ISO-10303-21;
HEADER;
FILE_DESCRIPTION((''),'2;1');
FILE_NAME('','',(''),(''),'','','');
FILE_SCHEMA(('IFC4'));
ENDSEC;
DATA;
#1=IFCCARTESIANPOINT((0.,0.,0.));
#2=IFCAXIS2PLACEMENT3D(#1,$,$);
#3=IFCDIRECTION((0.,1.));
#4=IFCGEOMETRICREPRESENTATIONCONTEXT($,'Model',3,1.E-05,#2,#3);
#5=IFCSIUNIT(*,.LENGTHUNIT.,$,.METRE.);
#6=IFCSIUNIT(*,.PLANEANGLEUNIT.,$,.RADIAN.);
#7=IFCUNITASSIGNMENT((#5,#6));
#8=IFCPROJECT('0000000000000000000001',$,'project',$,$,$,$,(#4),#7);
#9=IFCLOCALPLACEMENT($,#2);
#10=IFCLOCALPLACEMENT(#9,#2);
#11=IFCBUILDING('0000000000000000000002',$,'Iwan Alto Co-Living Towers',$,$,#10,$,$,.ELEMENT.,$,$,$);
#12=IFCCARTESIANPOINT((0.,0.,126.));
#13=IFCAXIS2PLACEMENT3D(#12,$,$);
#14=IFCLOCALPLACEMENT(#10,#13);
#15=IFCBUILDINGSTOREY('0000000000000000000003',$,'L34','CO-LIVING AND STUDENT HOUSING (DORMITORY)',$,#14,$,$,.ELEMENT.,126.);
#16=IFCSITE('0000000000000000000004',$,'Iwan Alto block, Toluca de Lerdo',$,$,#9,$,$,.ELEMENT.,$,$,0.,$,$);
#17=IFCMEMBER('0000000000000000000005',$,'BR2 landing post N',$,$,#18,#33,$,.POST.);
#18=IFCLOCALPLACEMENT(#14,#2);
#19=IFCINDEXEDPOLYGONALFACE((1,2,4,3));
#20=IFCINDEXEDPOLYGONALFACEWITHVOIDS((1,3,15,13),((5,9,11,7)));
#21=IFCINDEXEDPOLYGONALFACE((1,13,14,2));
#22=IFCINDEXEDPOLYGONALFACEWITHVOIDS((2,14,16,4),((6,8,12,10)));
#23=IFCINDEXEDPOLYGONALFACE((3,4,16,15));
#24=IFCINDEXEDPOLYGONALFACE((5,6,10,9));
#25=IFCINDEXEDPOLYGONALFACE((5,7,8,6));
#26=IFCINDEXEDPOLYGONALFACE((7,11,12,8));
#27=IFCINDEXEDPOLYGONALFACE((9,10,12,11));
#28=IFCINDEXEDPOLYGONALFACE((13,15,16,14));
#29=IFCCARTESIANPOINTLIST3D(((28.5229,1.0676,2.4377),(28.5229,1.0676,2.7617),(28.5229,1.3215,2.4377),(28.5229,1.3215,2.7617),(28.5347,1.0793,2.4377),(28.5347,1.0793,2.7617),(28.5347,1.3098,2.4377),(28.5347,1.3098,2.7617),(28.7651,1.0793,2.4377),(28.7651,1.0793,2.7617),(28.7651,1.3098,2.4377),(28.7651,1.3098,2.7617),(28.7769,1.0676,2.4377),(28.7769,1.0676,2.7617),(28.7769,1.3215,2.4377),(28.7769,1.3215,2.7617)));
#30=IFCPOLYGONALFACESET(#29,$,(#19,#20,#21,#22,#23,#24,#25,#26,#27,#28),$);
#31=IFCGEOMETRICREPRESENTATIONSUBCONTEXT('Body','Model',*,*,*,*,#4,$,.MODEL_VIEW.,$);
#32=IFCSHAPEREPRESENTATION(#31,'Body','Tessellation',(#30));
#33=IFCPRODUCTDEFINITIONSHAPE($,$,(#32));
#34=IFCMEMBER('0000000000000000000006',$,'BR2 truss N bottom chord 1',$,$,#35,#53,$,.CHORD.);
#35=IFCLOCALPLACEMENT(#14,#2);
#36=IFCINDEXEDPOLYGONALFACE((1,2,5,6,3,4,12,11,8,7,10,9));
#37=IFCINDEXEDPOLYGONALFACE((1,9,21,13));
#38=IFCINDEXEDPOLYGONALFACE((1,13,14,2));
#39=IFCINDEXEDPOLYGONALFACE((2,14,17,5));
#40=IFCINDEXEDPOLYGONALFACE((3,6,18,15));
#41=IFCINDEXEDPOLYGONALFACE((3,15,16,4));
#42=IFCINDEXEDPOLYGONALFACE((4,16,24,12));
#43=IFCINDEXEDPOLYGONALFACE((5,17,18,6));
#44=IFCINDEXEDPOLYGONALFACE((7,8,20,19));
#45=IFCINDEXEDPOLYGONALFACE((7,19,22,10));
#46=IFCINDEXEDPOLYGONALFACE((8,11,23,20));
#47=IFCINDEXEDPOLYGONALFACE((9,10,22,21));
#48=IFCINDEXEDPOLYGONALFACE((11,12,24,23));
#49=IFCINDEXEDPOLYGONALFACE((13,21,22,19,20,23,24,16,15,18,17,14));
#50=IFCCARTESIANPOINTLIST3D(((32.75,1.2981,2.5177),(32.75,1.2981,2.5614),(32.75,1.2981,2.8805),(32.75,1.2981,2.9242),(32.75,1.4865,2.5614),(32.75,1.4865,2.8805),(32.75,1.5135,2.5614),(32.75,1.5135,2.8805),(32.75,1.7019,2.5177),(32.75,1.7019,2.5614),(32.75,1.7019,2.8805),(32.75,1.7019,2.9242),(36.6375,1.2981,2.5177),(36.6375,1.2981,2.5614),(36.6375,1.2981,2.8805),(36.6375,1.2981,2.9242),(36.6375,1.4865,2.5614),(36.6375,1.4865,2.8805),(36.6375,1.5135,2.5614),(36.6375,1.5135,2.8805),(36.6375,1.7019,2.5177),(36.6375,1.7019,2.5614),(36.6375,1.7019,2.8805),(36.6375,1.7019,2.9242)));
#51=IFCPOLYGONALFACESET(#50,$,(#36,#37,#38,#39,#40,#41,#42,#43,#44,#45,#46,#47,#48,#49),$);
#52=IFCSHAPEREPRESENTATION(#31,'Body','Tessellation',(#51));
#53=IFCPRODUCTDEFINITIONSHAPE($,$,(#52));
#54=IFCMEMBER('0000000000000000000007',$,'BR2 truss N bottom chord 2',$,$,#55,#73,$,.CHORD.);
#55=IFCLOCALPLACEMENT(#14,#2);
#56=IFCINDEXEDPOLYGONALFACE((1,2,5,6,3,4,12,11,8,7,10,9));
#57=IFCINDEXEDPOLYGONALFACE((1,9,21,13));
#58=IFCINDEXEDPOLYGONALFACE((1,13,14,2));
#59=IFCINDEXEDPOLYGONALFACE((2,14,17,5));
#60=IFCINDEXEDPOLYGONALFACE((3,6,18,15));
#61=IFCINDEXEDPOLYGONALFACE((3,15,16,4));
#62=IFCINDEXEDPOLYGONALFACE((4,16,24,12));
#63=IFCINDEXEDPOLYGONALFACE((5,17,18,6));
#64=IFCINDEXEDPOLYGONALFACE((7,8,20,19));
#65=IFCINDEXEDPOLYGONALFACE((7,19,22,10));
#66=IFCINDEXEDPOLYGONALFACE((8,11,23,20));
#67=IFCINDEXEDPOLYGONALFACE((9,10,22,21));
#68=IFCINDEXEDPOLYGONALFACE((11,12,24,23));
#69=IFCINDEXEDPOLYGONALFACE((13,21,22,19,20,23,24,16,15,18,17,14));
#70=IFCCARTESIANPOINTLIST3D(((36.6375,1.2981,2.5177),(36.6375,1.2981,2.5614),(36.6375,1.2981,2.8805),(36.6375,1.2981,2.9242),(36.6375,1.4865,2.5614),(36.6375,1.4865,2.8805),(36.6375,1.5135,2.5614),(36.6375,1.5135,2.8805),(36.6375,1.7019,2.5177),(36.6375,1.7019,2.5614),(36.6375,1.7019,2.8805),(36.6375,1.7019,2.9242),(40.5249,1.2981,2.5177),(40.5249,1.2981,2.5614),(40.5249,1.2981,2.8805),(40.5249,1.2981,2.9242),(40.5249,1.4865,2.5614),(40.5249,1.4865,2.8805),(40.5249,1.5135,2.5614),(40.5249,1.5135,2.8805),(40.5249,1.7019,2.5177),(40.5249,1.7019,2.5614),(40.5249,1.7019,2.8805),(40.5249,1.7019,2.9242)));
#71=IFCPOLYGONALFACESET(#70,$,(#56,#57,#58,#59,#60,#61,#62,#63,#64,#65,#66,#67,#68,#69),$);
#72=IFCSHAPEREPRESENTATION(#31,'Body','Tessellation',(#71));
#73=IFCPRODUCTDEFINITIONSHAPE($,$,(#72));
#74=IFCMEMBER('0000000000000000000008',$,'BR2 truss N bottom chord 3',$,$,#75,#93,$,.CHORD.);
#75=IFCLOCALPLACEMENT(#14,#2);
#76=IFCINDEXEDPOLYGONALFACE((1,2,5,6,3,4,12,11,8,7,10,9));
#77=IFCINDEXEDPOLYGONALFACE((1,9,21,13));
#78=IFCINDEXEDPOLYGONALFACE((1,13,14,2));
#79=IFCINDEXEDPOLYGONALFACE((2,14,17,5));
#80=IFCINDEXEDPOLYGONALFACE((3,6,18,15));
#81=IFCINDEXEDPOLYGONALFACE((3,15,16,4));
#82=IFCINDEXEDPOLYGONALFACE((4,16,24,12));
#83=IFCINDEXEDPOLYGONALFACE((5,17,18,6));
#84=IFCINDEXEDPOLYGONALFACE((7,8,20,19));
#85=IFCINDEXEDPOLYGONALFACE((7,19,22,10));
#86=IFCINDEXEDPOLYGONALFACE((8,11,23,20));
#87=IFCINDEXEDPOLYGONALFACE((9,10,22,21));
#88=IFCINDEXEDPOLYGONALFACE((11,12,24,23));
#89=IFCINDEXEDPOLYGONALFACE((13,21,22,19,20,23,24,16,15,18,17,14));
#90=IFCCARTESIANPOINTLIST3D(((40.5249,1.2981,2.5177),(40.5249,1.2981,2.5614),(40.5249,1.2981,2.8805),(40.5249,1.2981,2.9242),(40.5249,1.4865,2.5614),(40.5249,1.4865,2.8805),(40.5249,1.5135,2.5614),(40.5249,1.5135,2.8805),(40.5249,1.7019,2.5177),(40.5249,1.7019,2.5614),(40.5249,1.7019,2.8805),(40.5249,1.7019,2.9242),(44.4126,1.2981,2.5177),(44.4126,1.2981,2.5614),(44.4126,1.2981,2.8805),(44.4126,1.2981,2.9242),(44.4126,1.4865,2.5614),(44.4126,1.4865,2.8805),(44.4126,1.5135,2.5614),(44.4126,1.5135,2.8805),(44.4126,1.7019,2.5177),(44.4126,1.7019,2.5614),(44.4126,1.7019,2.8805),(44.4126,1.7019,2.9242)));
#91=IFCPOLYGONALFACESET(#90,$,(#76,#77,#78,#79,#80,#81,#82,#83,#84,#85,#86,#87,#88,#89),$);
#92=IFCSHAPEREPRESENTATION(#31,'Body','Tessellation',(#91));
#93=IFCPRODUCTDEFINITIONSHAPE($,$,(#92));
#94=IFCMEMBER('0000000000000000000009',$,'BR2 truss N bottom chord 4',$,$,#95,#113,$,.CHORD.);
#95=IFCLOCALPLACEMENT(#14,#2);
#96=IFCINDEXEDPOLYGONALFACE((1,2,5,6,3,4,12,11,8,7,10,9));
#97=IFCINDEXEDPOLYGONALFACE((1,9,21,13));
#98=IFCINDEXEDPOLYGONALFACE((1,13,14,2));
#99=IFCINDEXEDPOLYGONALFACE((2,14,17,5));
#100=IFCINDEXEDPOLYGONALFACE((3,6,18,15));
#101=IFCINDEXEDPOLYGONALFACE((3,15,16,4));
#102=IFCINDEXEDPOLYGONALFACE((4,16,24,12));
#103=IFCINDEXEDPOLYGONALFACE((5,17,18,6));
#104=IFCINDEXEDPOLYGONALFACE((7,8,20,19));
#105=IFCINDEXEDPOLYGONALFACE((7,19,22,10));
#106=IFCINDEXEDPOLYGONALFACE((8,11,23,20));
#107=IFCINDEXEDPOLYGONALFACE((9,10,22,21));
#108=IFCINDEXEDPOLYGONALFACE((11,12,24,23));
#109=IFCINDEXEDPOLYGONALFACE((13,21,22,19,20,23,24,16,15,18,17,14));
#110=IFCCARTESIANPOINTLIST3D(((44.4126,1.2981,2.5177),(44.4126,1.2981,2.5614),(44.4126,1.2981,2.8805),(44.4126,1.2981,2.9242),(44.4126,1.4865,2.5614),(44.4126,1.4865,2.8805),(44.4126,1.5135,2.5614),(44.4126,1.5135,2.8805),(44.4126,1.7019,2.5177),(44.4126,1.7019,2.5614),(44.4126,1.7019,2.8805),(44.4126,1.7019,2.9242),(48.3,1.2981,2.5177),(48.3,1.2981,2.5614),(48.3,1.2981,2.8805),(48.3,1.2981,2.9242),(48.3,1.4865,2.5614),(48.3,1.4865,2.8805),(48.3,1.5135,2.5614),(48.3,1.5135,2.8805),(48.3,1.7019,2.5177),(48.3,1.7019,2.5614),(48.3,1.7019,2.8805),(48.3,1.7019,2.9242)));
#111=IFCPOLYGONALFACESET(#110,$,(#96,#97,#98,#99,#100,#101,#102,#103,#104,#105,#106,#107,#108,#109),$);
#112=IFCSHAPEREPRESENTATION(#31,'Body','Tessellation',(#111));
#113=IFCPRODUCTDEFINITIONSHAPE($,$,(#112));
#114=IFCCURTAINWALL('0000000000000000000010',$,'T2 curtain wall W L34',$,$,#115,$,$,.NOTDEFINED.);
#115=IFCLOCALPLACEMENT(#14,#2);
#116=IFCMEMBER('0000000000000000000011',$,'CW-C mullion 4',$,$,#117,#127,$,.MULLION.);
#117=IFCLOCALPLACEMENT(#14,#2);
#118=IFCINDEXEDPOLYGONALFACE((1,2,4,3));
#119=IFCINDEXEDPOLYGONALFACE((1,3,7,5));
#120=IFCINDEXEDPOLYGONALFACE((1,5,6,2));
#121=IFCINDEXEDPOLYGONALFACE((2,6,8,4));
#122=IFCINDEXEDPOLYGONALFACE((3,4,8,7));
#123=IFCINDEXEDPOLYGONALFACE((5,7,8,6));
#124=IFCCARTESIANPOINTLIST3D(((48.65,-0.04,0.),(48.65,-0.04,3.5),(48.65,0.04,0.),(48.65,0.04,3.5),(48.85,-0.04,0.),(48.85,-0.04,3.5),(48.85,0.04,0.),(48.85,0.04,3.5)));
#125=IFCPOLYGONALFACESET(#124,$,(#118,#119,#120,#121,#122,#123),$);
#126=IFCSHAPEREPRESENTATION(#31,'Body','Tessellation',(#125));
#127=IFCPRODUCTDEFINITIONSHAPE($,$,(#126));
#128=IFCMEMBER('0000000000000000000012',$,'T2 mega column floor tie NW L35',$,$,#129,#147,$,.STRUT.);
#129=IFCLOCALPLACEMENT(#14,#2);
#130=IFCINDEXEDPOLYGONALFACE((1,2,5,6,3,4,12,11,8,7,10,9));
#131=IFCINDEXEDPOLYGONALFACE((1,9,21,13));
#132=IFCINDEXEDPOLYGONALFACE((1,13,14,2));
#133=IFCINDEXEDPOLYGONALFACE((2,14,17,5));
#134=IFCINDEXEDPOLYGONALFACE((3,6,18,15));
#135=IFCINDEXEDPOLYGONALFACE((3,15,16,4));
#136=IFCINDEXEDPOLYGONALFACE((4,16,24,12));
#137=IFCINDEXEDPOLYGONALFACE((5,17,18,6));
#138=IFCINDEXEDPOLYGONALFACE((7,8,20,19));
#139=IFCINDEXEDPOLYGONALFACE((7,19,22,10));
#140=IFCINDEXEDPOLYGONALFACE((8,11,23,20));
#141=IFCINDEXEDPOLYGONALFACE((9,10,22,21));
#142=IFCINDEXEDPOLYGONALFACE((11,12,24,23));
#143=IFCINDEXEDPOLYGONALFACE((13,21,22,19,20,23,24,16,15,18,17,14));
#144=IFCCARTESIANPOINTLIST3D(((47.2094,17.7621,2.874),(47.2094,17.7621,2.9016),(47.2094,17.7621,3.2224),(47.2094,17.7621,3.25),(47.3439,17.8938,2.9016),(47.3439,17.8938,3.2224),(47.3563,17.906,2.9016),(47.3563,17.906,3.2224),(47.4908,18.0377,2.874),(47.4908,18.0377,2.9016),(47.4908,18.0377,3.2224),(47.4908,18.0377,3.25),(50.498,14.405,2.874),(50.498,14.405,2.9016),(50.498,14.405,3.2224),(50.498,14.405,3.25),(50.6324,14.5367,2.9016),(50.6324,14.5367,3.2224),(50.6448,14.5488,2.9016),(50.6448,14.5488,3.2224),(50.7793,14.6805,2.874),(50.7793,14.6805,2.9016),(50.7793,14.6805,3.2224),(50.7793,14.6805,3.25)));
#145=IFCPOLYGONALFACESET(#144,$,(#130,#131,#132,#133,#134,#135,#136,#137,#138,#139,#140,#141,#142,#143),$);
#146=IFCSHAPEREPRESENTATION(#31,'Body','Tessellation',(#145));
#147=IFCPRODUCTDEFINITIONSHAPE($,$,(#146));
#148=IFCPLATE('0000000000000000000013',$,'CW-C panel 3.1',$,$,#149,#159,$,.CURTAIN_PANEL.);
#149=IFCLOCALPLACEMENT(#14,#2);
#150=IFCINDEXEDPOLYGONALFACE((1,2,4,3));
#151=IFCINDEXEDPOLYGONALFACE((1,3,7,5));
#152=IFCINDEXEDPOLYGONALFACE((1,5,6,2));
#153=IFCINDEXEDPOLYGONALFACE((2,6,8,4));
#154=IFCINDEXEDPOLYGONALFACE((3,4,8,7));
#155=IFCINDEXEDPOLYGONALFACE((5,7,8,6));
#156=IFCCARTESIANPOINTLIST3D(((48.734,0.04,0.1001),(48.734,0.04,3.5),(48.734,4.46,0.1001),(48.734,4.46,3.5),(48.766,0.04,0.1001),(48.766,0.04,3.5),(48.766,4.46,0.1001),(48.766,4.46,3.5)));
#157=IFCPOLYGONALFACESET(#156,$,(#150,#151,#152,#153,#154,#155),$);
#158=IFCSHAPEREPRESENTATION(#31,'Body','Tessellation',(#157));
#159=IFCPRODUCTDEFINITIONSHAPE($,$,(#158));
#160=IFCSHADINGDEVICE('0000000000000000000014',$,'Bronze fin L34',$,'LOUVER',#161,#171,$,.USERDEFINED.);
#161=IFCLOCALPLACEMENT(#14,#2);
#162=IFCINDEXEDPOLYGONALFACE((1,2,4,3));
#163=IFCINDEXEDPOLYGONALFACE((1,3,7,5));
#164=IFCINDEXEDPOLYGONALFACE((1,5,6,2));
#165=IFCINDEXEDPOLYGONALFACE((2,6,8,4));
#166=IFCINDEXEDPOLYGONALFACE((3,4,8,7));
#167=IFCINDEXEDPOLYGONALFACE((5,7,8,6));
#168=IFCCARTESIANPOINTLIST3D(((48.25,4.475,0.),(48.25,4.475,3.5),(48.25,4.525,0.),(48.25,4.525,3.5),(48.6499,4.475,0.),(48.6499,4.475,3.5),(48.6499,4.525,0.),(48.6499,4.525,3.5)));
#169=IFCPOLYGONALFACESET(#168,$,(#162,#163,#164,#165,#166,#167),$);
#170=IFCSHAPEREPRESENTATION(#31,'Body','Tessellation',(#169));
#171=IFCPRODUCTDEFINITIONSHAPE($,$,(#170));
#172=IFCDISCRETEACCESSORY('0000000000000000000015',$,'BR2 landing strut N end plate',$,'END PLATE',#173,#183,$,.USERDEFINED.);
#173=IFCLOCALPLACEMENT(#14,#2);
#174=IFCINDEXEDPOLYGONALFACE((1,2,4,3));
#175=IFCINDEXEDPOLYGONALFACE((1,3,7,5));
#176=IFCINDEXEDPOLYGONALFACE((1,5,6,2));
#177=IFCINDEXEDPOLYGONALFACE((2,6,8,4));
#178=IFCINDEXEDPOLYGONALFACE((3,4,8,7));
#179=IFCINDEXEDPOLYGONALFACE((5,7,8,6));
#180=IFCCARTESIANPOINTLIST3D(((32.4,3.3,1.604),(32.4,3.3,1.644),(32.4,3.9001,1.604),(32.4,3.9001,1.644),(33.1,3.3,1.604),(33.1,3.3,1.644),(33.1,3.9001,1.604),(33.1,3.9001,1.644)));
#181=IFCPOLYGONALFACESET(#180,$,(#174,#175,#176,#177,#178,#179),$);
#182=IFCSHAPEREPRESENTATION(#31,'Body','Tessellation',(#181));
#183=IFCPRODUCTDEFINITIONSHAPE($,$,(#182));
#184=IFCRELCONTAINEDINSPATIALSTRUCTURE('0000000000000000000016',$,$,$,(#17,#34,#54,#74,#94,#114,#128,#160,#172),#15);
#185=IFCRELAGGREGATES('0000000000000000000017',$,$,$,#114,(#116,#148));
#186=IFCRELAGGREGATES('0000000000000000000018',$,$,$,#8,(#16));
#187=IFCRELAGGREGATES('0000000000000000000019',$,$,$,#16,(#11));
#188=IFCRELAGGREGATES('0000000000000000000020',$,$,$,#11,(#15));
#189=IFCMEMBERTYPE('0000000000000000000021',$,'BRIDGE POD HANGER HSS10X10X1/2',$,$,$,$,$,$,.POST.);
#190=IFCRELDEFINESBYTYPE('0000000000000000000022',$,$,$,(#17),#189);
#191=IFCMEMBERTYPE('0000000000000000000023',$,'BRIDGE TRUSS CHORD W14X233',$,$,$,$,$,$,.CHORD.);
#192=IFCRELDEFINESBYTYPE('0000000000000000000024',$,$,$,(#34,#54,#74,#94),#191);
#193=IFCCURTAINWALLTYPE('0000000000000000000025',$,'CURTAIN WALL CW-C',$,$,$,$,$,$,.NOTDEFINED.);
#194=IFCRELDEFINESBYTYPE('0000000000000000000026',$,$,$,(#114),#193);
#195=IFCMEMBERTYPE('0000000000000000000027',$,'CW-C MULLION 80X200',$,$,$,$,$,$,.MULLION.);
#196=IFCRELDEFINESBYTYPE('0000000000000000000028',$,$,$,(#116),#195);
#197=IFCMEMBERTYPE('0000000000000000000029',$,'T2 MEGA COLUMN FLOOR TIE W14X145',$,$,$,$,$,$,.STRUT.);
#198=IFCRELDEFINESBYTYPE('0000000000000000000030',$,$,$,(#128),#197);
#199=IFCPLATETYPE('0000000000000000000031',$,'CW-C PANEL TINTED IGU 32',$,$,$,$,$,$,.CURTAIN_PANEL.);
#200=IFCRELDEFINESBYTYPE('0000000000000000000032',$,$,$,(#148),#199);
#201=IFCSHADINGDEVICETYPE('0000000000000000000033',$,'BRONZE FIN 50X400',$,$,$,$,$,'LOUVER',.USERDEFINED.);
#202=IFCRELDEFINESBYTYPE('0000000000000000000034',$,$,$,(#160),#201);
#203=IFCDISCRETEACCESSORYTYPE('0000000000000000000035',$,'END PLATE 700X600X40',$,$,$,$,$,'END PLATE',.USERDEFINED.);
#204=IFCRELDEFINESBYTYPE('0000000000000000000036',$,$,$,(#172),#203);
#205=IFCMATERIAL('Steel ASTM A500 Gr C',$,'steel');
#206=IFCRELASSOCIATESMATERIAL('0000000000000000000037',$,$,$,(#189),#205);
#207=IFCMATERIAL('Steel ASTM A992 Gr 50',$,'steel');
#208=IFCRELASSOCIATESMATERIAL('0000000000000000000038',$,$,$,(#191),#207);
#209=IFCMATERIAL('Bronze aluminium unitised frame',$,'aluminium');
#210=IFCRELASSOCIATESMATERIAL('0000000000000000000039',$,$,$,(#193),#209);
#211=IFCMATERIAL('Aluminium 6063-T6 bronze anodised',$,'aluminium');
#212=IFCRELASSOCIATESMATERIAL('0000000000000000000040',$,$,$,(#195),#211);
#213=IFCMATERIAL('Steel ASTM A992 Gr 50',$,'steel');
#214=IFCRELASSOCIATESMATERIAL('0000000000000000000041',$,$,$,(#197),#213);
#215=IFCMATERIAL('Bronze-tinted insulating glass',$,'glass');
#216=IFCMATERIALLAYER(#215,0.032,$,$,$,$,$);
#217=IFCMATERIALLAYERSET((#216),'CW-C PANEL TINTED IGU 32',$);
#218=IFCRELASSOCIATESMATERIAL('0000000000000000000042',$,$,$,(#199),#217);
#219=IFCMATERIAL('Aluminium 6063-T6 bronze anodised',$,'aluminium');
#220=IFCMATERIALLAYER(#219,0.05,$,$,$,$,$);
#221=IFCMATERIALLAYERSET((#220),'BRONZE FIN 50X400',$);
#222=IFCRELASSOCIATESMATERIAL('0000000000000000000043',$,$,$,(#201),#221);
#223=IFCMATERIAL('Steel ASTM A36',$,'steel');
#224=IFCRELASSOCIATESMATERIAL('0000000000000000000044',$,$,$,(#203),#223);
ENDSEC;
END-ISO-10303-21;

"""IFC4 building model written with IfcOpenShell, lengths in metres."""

from ifc_helpers import new_model, si_unit, direction, frame, origin, origin_2d, place, context, subcontext, project, spatial, rectangle, hollow_rectangle, i_section, extrude, material, layer, layer_set, material_profile, profile_set, type_object, element, aggregate, save


model = new_model("IFC4")

# Units and contexts
model_context = context("Model", 3, precision=1e-05, world=origin(), true_north=direction((0.0, 1.0)))
body_context = subcontext(model_context, "Body", "Model", "MODEL_VIEW")
ifc_project = project(units=[si_unit("LENGTHUNIT", "METRE"), si_unit("PLANEANGLEUNIT", "RADIAN")], contexts=[model_context])

# Site, building, storey
site_placement = place(None, origin())
site = spatial("IfcSite", under=ifc_project, at=site_placement, Name="Iwan Alto block, Toluca de Lerdo", CompositionType="ELEMENT", RefElevation=0.0)
building_placement = place(site_placement, origin())
building = spatial("IfcBuilding", under=site, at=building_placement, Name="Iwan Alto Co-Living Towers", CompositionType="ELEMENT")
storey_placement = place(building_placement, frame((0.0, 0.0, 126.0)))
storey = spatial("IfcBuildingStorey", under=building, at=storey_placement, Name="L34", Description="CO-LIVING AND STUDENT HOUSING (DORMITORY)", CompositionType="ELEMENT", Elevation=126.0)

# Members
ifc_material_1 = material(Name="Steel ASTM A500 Gr C", Category="steel")
ifc_material_profile_1 = material_profile(ifc_material_1, hollow_rectangle(XDim=0.2539, YDim=0.2539, WallThickness=0.0117, at=origin_2d()), Name="HSS10X10X1/2")
ifc_profile_set_1 = profile_set([ifc_material_profile_1], Name="Steel ASTM A500 Gr C")
member_type_1 = type_object("IfcMemberType", Name="BRIDGE POD HANGER HSS10X10X1/2", PredefinedType="POST", material=ifc_profile_set_1)
member_1_placement = place(storey_placement, frame((28.6499, 1.1946, 2.7617), z_axis=(0.0, 0.0, -1.0), x_axis=(1.0, 0.0, 0.0)))
element("IfcMember", 1, at=member_1_placement, inside=storey, type_object=member_type_1, Name="BR2 landing post N", PredefinedType="POST", context=body_context, shape_type="SweptSolid", body=[
    extrude(hollow_rectangle(XDim=0.2539, YDim=0.2539, WallThickness=0.0117, at=origin_2d()), origin(), (0.0, 0.0, 1.0), 0.324),
])
ifc_material_2 = material(Name="Steel ASTM A992 Gr 50", Category="steel")
ifc_material_profile_2 = material_profile(ifc_material_2, i_section(OverallWidth=0.4038, OverallDepth=0.4065, WebThickness=0.0271, FlangeThickness=0.0437, at=origin_2d()), Name="W14X233")
ifc_profile_set_2 = profile_set([ifc_material_profile_2], Name="Steel ASTM A992 Gr 50")
member_type_2 = type_object("IfcMemberType", Name="BRIDGE TRUSS CHORD W14X233", PredefinedType="CHORD", material=ifc_profile_set_2)
for number, where, z_axis, x_axis, name in (
    (2, (32.75, 1.5, 2.7209), (1.0, 0.0, 0.0), (0.0, 1.0, 0.0), "BR2 truss N bottom chord 1"),
    (3, (36.6375, 1.5, 2.7209), (1.0, 0.0, 0.0), (0.0, 1.0, 0.0), "BR2 truss N bottom chord 2"),
):
    element("IfcMember", number, at=place(storey_placement, frame(where, z_axis=z_axis, x_axis=x_axis)), inside=storey, type_object=member_type_2, Name=name, PredefinedType="CHORD", context=body_context, shape_type="SweptSolid", body=[
        extrude(i_section(OverallWidth=0.4038, OverallDepth=0.4065, WebThickness=0.0271, FlangeThickness=0.0437, at=origin_2d()), origin(), (0.0, 0.0, 1.0), 3.8875),
    ])
member_2_placement = place(storey_placement, frame((40.5249, 1.5, 2.7209), z_axis=(1.0, 0.0, 0.0), x_axis=(0.0, 1.0, 0.0)))
element("IfcMember", 4, at=member_2_placement, inside=storey, type_object=member_type_2, Name="BR2 truss N bottom chord 3", PredefinedType="CHORD", context=body_context, shape_type="SweptSolid", body=[
    extrude(i_section(OverallWidth=0.4038, OverallDepth=0.4065, WebThickness=0.0271, FlangeThickness=0.0437, at=origin_2d()), origin(), (0.0, 0.0, 1.0), 3.8877),
])
member_3_placement = place(storey_placement, frame((44.4126, 1.5, 2.7209), z_axis=(1.0, 0.0, 0.0), x_axis=(0.0, 1.0, 0.0)))
element("IfcMember", 5, at=member_3_placement, inside=storey, type_object=member_type_2, Name="BR2 truss N bottom chord 4", PredefinedType="CHORD", context=body_context, shape_type="SweptSolid", body=[
    extrude(i_section(OverallWidth=0.4038, OverallDepth=0.4065, WebThickness=0.0271, FlangeThickness=0.0437, at=origin_2d()), origin(), (0.0, 0.0, 1.0), 3.8875),
])

# Curtain wall, member
ifc_material_3 = material(Name="Bronze aluminium unitised frame", Category="aluminium")
curtain_wall_type = type_object("IfcCurtainWallType", Name="CURTAIN WALL CW-C", PredefinedType="NOTDEFINED", material=ifc_material_3)
curtain_wall_placement = place(storey_placement, origin())
curtain_wall = element("IfcCurtainWall", 6, at=curtain_wall_placement, inside=storey, type_object=curtain_wall_type, Name="T2 curtain wall W L34", PredefinedType="NOTDEFINED")
ifc_material_4 = material(Name="Aluminium 6063-T6 bronze anodised", Category="aluminium")
ifc_material_profile_3 = material_profile(ifc_material_4, rectangle(XDim=0.2, YDim=0.0801, at=origin_2d()), Name="AL 80X200")
ifc_profile_set_3 = profile_set([ifc_material_profile_3], Name="Aluminium 6063-T6 bronze anodised")
member_type_3 = type_object("IfcMemberType", Name="CW-C MULLION 80X200", PredefinedType="MULLION", material=ifc_profile_set_3)
member_4_placement = place(storey_placement, frame((48.75, 0.0, 0.0), z_axis=(0.0, 0.0, 1.0), x_axis=(1.0, 0.0, 0.0)))
member_4 = element("IfcMember", 7, at=member_4_placement, type_object=member_type_3, Name="CW-C mullion 4", PredefinedType="MULLION", context=body_context, shape_type="SweptSolid", body=[
    extrude(rectangle(XDim=0.2, YDim=0.0801, at=origin_2d()), origin(), (0.0, 0.0, 1.0), 3.5),
])

# Member
ifc_material_5 = material(Name="Steel ASTM A992 Gr 50", Category="steel")
ifc_material_profile_4 = material_profile(ifc_material_5, i_section(OverallWidth=0.3938, OverallDepth=0.376, WebThickness=0.0173, FlangeThickness=0.0276, at=origin_2d()), Name="W14X145")
ifc_profile_set_4 = profile_set([ifc_material_profile_4], Name="Steel ASTM A992 Gr 50")
member_type_4 = type_object("IfcMemberType", Name="T2 MEGA COLUMN FLOOR TIE W14X145", PredefinedType="STRUT", material=ifc_profile_set_4)
member_5_placement = place(storey_placement, frame((47.3501, 17.8999, 3.062), z_axis=(0.69977, -0.714368, 0.0), x_axis=(0.714368, 0.69977, 0.0)))
element("IfcMember", 8, at=member_5_placement, inside=storey, type_object=member_type_4, Name="T2 mega column floor tie NW L35", PredefinedType="STRUT", context=body_context, shape_type="SweptSolid", body=[
    extrude(i_section(OverallWidth=0.3938, OverallDepth=0.376, WebThickness=0.0173, FlangeThickness=0.0276, at=origin_2d()), origin(), (0.0, 0.0, 1.0), 4.6995),
])

# Plate
ifc_material_6 = material(Name="Bronze-tinted insulating glass", Category="glass")
ifc_layer_1 = layer(ifc_material_6, 0.032)
ifc_layer_set_1 = layer_set([ifc_layer_1], Name="CW-C PANEL TINTED IGU 32")
plate_type = type_object("IfcPlateType", Name="CW-C PANEL TINTED IGU 32", PredefinedType="CURTAIN_PANEL", material=ifc_layer_set_1)
plate_placement = place(storey_placement, frame((48.75, 2.25, 0.1001), z_axis=(0.0, 0.0, 1.0), x_axis=(0.0, -1.0, 0.0)))
plate = element("IfcPlate", 9, at=plate_placement, type_object=plate_type, Name="CW-C panel 3.1", PredefinedType="CURTAIN_PANEL", context=body_context, shape_type="SweptSolid", body=[
    extrude(rectangle(XDim=4.4199, YDim=0.032, at=origin_2d()), origin(), (0.0, 0.0, 1.0), 3.3999),
])
aggregate(curtain_wall, [member_4, plate])

# Shading device
ifc_material_7 = material(Name="Aluminium 6063-T6 bronze anodised", Category="aluminium")
ifc_layer_2 = layer(ifc_material_7, 0.05)
ifc_layer_set_2 = layer_set([ifc_layer_2], Name="BRONZE FIN 50X400")
shading_device_type = type_object("IfcShadingDeviceType", Name="BRONZE FIN 50X400", ElementType="LOUVER", PredefinedType="USERDEFINED", material=ifc_layer_set_2)
shading_device_placement = place(storey_placement, frame((48.45, 4.5, 0.0), z_axis=(0.0, 0.0, 1.0), x_axis=(0.0, -1.0, 0.0)))
element("IfcShadingDevice", 10, at=shading_device_placement, inside=storey, type_object=shading_device_type, Name="Bronze fin L34", ObjectType="LOUVER", PredefinedType="USERDEFINED", context=body_context, shape_type="SweptSolid", body=[
    extrude(rectangle(XDim=0.05, YDim=0.3999, at=origin_2d()), origin(), (0.0, 0.0, 1.0), 3.5),
])

# Discrete accessory
ifc_material_8 = material(Name="Steel ASTM A36", Category="steel")
discrete_accessory_type = type_object("IfcDiscreteAccessoryType", Name="END PLATE 700X600X40", ElementType="END PLATE", PredefinedType="USERDEFINED", material=ifc_material_8)
for number, where, z_axis, x_axis, name in (
    (11, (32.75, 3.6001, 1.604), (0.0, 0.0, 1.0), (1.0, 0.0, 0.0), "BR2 landing strut N end plate"),
):
    element("IfcDiscreteAccessory", number, at=place(storey_placement, frame(where, z_axis=z_axis, x_axis=x_axis)), inside=storey, type_object=discrete_accessory_type, Name=name, ObjectType="END PLATE", PredefinedType="USERDEFINED", context=body_context, shape_type="SweptSolid", body=[
        extrude(rectangle(XDim=0.7, YDim=0.6001, at=origin_2d()), origin(), (0.0, 0.0, 1.0), 0.04),
    ])

save(model, "model.ifc")
